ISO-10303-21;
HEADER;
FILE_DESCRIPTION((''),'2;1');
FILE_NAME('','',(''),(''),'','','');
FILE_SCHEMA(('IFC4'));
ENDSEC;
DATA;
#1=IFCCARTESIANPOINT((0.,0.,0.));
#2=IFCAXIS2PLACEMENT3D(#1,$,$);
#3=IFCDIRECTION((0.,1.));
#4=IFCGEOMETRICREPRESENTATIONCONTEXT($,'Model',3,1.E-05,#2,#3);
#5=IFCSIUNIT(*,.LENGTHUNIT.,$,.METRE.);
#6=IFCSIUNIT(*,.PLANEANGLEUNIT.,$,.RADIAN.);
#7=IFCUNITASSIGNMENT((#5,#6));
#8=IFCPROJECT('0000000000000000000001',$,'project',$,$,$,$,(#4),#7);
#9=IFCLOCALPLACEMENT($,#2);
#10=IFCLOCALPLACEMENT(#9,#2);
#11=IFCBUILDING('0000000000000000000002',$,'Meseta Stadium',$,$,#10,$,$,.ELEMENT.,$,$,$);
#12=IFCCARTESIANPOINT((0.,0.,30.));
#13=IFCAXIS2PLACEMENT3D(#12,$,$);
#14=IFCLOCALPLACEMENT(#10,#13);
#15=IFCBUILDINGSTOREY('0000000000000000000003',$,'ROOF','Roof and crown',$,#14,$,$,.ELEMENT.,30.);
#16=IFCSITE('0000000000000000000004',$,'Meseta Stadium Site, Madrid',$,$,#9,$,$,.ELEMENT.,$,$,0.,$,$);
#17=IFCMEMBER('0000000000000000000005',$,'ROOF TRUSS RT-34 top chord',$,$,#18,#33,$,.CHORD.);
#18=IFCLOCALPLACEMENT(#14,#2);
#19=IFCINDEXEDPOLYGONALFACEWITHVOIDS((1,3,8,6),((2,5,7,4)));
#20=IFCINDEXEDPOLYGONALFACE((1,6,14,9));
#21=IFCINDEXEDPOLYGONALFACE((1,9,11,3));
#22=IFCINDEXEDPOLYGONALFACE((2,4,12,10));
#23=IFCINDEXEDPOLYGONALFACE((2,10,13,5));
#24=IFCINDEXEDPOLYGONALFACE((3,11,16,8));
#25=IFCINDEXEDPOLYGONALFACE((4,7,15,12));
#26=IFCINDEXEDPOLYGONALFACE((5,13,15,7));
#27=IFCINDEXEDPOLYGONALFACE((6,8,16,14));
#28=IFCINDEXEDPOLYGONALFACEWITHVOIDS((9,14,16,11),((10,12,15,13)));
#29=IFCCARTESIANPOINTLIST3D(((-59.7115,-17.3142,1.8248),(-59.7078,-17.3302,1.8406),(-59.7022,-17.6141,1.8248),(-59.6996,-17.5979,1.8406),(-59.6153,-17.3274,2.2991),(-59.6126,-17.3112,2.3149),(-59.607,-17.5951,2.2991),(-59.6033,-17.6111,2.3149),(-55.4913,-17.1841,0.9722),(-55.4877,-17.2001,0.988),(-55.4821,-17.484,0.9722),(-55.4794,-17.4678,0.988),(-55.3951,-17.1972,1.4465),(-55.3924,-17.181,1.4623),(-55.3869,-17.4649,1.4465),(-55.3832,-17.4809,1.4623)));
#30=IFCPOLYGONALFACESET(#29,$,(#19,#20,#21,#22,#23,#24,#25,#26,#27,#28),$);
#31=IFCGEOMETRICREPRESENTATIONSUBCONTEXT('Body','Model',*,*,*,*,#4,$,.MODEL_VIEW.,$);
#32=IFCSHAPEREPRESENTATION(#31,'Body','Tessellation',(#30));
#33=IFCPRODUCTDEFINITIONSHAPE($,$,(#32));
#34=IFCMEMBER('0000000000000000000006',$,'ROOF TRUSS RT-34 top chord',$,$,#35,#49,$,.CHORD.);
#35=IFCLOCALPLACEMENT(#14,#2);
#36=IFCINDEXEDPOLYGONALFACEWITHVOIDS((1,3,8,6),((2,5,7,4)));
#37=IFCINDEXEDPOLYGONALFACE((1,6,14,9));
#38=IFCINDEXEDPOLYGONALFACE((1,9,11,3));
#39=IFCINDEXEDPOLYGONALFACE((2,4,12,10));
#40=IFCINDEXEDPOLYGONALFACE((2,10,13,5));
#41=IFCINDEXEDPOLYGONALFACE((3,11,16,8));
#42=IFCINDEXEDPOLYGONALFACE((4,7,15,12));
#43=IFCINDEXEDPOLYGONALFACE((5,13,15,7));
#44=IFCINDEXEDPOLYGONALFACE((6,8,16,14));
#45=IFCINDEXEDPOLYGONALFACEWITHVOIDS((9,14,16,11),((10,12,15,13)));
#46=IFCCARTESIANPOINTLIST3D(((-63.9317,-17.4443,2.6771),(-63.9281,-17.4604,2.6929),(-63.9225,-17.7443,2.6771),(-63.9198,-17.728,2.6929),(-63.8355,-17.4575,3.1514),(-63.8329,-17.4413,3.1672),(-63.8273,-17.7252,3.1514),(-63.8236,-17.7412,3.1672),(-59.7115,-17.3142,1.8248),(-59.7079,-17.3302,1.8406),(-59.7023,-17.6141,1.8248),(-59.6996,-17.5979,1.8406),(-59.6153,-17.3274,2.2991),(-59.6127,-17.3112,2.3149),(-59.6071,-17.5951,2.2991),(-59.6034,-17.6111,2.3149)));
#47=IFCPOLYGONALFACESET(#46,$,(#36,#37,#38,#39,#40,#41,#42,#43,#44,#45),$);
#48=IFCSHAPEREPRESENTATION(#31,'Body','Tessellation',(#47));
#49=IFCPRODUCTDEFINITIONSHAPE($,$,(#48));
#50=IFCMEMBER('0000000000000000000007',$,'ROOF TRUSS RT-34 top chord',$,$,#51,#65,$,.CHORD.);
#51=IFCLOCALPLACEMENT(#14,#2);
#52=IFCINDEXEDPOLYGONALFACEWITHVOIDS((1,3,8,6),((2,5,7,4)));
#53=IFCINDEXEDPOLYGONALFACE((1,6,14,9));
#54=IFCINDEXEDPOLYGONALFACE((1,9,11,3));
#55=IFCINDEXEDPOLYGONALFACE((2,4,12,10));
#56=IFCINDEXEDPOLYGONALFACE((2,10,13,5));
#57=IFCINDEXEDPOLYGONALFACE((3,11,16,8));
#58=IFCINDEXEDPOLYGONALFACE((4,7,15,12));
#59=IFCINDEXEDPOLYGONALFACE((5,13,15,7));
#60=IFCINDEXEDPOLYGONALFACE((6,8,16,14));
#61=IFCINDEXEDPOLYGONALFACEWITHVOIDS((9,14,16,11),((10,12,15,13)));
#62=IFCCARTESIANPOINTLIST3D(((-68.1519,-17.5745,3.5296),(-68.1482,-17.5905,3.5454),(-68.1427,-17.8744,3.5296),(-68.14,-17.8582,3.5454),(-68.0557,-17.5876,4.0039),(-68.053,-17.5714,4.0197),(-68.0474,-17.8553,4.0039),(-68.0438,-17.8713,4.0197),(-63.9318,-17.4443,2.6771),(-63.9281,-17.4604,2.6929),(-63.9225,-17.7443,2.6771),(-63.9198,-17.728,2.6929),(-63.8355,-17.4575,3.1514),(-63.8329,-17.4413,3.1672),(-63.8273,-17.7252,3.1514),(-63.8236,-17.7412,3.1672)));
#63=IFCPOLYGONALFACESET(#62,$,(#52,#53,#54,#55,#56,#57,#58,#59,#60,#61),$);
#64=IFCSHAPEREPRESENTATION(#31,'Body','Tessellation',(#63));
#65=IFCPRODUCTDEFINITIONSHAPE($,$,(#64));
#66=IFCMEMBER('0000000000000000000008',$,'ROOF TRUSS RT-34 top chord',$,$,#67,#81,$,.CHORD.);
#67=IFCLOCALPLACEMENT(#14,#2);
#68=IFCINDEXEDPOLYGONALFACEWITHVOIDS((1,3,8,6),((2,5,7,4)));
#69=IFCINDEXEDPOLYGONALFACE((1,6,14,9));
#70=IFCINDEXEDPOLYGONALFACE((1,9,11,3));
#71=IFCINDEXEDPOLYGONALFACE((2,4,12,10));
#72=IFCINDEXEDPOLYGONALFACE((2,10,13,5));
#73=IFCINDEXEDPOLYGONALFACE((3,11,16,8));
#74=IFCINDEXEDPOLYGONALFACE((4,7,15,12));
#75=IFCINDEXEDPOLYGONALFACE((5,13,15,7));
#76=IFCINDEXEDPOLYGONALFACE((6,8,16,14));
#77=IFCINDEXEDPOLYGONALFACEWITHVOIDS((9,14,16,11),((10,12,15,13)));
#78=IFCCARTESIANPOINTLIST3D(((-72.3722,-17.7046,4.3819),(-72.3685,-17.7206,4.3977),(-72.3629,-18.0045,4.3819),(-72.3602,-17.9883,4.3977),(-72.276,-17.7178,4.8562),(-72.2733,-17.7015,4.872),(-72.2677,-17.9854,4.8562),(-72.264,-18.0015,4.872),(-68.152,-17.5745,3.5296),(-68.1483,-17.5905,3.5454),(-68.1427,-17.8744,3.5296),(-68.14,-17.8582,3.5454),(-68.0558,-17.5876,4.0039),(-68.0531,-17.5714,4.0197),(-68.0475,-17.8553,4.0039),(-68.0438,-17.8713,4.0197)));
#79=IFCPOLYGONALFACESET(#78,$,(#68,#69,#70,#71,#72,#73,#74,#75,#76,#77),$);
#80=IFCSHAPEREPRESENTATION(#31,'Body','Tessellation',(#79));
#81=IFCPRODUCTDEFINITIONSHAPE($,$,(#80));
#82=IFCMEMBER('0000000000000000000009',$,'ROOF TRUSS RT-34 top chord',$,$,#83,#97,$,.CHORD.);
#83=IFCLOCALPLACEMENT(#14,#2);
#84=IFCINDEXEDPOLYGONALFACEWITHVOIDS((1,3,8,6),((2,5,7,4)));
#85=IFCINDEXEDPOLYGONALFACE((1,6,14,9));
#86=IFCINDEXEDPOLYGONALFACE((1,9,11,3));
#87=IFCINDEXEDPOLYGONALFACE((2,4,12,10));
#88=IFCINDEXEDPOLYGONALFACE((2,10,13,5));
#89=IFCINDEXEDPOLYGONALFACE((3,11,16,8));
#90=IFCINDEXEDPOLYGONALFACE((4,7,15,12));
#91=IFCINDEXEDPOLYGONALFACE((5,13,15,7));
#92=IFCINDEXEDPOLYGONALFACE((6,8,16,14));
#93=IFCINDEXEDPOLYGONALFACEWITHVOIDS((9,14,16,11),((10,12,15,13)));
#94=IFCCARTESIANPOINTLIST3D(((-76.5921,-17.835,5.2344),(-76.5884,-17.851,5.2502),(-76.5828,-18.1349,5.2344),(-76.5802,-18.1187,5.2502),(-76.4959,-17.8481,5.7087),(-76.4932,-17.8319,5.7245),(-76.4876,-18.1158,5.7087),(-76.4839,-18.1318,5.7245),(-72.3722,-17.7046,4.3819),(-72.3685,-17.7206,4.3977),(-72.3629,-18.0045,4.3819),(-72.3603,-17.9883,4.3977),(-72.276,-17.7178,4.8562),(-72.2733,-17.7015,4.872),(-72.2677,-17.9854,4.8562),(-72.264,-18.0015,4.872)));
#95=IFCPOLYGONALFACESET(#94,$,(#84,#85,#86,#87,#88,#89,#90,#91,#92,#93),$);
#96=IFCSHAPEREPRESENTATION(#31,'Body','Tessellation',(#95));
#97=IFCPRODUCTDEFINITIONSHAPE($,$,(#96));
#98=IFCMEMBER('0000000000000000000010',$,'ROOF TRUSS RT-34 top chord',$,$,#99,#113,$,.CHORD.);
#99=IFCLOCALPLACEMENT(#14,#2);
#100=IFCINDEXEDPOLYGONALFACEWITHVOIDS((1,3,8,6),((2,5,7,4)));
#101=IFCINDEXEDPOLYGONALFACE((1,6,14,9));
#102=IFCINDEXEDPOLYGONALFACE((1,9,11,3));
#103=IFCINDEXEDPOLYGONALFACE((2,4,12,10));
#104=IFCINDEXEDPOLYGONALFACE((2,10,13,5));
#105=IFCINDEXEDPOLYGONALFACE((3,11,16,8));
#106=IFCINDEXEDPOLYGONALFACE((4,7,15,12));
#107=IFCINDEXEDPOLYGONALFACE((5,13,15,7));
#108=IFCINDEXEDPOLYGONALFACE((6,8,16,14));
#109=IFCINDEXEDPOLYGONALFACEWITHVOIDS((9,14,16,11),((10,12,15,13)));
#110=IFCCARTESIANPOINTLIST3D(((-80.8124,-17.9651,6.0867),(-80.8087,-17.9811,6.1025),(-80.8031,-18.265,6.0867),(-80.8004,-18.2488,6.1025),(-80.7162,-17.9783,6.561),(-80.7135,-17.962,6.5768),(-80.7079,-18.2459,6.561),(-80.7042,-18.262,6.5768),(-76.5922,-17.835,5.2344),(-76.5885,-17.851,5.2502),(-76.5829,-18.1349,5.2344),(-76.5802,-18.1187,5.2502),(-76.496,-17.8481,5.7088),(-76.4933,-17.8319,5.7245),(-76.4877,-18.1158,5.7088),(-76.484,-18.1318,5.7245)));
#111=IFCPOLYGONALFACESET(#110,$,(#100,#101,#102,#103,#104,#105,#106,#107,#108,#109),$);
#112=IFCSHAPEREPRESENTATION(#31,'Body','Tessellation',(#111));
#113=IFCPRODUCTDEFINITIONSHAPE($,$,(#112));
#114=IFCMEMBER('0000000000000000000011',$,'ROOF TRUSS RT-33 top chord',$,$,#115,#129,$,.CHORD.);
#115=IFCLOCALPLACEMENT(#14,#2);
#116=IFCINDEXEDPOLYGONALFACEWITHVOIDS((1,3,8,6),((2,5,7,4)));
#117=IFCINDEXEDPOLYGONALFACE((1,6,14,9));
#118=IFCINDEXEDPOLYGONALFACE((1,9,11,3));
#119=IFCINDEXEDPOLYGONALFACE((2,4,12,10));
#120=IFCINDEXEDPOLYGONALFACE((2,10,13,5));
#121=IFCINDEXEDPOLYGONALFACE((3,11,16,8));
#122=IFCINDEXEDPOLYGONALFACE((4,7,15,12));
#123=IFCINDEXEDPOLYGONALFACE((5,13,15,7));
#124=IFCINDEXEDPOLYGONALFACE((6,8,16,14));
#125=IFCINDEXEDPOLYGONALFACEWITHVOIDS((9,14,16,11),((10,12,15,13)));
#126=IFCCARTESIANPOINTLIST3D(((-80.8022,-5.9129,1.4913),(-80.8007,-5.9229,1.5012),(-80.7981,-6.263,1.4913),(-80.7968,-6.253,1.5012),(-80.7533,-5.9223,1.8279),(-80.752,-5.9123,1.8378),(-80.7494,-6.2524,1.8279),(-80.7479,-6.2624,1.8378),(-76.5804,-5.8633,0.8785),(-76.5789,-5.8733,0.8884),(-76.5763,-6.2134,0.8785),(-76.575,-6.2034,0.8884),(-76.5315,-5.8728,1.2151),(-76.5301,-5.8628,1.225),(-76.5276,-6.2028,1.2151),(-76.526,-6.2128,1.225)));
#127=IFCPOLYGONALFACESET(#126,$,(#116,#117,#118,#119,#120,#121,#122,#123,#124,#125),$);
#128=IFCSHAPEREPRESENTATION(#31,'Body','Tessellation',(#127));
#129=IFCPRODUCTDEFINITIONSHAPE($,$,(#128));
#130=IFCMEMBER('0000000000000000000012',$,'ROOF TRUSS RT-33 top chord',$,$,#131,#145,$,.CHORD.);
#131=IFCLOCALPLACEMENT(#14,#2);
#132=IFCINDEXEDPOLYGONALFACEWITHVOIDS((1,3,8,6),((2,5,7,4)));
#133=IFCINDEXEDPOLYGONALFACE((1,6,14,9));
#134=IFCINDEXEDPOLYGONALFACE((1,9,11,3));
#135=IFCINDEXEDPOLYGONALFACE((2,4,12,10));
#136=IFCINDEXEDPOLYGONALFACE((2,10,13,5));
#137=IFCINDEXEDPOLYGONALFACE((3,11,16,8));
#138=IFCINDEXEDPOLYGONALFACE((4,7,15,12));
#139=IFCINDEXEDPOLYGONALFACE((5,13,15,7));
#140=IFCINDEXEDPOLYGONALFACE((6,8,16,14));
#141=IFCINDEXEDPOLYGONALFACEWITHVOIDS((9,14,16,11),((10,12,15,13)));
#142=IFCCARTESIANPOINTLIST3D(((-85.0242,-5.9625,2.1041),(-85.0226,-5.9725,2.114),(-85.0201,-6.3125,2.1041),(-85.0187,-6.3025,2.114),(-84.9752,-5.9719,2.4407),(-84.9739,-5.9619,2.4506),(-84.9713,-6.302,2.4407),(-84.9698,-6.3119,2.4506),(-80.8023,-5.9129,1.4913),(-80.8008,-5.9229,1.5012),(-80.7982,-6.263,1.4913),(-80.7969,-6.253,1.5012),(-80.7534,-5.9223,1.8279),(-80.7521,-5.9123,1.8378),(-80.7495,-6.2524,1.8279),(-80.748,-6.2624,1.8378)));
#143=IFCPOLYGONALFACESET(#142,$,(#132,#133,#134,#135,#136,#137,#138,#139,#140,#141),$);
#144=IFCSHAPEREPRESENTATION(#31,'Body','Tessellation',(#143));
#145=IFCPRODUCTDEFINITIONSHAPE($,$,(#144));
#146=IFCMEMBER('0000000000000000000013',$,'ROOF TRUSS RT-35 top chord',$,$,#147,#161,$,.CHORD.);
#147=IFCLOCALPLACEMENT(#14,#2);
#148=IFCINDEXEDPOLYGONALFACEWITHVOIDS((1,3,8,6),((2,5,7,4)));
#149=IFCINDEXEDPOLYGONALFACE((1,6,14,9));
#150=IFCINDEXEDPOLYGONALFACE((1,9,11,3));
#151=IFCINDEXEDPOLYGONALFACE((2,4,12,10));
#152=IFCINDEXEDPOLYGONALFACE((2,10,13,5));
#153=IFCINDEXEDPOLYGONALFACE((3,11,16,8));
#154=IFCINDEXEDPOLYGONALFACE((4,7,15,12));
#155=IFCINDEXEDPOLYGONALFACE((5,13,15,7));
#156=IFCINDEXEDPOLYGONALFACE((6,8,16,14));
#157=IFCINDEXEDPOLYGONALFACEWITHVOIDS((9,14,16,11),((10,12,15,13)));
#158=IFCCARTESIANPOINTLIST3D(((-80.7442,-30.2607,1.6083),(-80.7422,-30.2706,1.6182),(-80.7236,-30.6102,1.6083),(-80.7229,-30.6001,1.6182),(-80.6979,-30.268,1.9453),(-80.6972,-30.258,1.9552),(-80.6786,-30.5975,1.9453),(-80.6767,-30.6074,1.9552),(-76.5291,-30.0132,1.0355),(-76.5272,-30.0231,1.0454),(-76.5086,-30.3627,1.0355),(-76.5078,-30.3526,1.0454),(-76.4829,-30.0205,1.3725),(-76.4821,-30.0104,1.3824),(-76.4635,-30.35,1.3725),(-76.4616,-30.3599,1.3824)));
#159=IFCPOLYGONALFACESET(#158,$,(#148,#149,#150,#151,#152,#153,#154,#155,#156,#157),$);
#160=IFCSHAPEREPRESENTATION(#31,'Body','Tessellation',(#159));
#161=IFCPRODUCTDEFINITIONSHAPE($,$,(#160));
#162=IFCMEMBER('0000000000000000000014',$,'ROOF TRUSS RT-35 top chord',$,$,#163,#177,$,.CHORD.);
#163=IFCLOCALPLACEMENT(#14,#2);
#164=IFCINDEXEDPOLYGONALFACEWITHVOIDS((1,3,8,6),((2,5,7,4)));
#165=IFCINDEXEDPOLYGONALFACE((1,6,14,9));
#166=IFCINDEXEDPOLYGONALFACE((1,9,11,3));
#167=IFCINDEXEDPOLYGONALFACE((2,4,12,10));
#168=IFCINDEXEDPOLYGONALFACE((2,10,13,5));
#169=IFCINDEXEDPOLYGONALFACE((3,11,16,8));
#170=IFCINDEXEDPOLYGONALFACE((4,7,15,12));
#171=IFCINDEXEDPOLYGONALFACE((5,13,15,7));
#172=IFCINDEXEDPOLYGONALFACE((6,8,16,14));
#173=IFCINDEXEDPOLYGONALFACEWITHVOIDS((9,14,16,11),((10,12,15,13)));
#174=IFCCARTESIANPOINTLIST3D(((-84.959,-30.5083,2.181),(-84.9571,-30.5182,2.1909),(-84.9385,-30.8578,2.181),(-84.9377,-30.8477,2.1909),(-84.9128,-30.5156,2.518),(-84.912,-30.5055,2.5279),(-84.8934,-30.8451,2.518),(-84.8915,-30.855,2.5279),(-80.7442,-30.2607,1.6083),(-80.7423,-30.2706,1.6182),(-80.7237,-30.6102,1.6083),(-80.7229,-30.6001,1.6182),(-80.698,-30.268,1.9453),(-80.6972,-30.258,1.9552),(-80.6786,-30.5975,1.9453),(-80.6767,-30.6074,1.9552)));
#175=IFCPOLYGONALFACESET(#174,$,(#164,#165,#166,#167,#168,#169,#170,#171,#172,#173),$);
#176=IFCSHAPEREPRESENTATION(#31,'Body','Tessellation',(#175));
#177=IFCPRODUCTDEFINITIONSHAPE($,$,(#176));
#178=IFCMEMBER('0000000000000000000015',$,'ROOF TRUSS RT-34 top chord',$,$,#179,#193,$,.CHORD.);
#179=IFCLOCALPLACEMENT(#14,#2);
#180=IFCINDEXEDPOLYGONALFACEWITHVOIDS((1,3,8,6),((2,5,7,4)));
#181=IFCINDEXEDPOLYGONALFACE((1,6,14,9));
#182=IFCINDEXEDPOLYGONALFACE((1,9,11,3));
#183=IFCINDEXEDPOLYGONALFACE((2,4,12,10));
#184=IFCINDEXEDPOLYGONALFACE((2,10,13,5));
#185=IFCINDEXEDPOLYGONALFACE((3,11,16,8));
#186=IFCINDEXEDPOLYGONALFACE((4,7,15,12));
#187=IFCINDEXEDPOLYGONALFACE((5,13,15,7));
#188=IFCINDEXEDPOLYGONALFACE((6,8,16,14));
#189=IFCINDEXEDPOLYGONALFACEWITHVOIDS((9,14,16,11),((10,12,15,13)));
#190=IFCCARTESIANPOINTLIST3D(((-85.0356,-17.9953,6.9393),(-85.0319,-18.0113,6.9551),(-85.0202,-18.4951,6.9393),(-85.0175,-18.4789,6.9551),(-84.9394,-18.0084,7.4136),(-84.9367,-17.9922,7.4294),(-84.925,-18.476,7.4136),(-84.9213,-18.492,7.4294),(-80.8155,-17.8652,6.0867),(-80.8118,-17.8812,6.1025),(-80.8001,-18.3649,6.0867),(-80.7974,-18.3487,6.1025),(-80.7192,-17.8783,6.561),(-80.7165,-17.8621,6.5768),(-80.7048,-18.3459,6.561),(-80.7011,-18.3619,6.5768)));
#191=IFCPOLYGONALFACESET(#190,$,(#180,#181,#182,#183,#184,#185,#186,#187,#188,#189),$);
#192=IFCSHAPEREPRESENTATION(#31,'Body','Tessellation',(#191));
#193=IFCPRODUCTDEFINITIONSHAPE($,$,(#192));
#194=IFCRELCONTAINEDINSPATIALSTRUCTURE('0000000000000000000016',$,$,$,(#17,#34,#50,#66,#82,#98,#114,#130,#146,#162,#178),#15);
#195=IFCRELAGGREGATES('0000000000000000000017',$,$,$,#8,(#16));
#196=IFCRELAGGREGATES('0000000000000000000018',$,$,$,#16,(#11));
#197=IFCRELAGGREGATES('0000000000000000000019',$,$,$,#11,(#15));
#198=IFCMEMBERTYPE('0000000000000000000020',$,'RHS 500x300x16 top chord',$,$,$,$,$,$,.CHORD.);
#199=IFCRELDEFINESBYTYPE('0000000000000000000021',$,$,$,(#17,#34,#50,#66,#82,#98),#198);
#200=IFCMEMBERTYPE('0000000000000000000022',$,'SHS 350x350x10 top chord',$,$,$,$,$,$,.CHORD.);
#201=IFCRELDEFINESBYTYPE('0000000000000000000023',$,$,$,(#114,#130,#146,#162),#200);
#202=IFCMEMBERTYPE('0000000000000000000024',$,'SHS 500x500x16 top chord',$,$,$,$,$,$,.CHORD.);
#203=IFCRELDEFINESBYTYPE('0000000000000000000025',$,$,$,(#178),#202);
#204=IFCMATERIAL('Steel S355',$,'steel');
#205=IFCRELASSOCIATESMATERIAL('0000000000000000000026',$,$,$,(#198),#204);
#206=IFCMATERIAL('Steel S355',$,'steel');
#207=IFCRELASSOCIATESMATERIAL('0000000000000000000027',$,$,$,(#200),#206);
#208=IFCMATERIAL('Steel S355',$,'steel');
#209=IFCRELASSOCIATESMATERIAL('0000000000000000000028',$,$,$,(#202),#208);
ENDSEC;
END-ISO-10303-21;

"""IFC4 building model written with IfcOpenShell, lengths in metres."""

from ifc_helpers import new_model, si_unit, direction, frame, origin, origin_2d, place, context, subcontext, project, spatial, hollow_rectangle, extrude, material, material_profile, profile_set, type_object, element, save


model = new_model("IFC4")

# Units and contexts
model_context = context("Model", 3, precision=1e-05, world=origin(), true_north=direction((0.0, 1.0)))
body_context = subcontext(model_context, "Body", "Model", "MODEL_VIEW")
ifc_project = project(units=[si_unit("LENGTHUNIT", "METRE"), si_unit("PLANEANGLEUNIT", "RADIAN")], contexts=[model_context])

# Site, building, storey
site_placement = place(None, origin())
site = spatial("IfcSite", under=ifc_project, at=site_placement, Name="Meseta Stadium Site, Madrid", CompositionType="ELEMENT", RefElevation=0.0)
building_placement = place(site_placement, origin())
building = spatial("IfcBuilding", under=site, at=building_placement, Name="Meseta Stadium", CompositionType="ELEMENT")
storey_placement = place(building_placement, frame((0.0, 0.0, 30.0)))
storey = spatial("IfcBuildingStorey", under=building, at=storey_placement, Name="ROOF", Description="Roof and crown", CompositionType="ELEMENT", Elevation=30.0)

# Members
ifc_material_1 = material(Name="Steel S355", Category="steel")
ifc_material_profile_1 = material_profile(ifc_material_1, hollow_rectangle(XDim=0.3, YDim=0.5, WallThickness=0.0161, at=origin_2d()), Name="RHS 500x300x16")
ifc_profile_set_1 = profile_set([ifc_material_profile_1], Name="Steel S355")
member_type_1 = type_object("IfcMemberType", Name="RHS 500x300x16 top chord", PredefinedType="CHORD", material=ifc_profile_set_1)
for number, where, z_axis, x_axis, name in (
    (1, (-55.4373, -17.3325, 1.2173), (-0.979752, -0.03021, 0.197923), (0.03082, -0.999525, 0.0), "ROOF TRUSS RT-34 top chord"),
    (2, (-59.6575, -17.4626, 2.0698), (-0.979763, -0.03021, 0.197868), (0.03082, -0.999525, 0.0), "ROOF TRUSS RT-34 top chord"),
    (3, (-63.8777, -17.5928, 2.9221), (-0.979752, -0.03021, 0.197923), (0.03082, -0.999525, 0.0), "ROOF TRUSS RT-34 top chord"),
    (4, (-68.0979, -17.7229, 3.7747), (-0.979763, -0.03021, 0.197868), (0.03082, -0.999525, 0.0), "ROOF TRUSS RT-34 top chord"),
):
    element("IfcMember", number, at=place(storey_placement, frame(where, z_axis=z_axis, x_axis=x_axis)), inside=storey, type_object=member_type_1, Name=name, PredefinedType="CHORD", context=body_context, shape_type="SweptSolid", body=[
        extrude(hollow_rectangle(XDim=0.3, YDim=0.5, WallThickness=0.0161, at=origin_2d()), origin(), (0.0, 0.0, 1.0), 4.3074),
    ])
member_1_placement = place(storey_placement, frame((-72.3181, -17.853, 4.627), z_axis=(-0.979748, -0.030268, 0.197933), x_axis=(0.030879, -0.999523, 0.0)))
element("IfcMember", 5, at=member_1_placement, inside=storey, type_object=member_type_1, Name="ROOF TRUSS RT-34 top chord", PredefinedType="CHORD", context=body_context, shape_type="SweptSolid", body=[
    extrude(hollow_rectangle(XDim=0.3, YDim=0.5, WallThickness=0.0161, at=origin_2d()), origin(), (0.0, 0.0, 1.0), 4.3071),
])
member_2_placement = place(storey_placement, frame((-76.5381, -17.9834, 5.4795), z_axis=(-0.979763, -0.03021, 0.197868), x_axis=(0.03082, -0.999525, 0.0)))
element("IfcMember", 6, at=member_2_placement, inside=storey, type_object=member_type_1, Name="ROOF TRUSS RT-34 top chord", PredefinedType="CHORD", context=body_context, shape_type="SweptSolid", body=[
    extrude(hollow_rectangle(XDim=0.3, YDim=0.5, WallThickness=0.0161, at=origin_2d()), origin(), (0.0, 0.0, 1.0), 4.3074),
])
ifc_material_2 = material(Name="Steel S355", Category="steel")
ifc_material_profile_2 = material_profile(ifc_material_2, hollow_rectangle(XDim=0.3501, YDim=0.3501, WallThickness=0.01, at=origin_2d()), Name="SHS 350x350x10")
ifc_profile_set_2 = profile_set([ifc_material_profile_2], Name="Steel S355")
member_type_2 = type_object("IfcMemberType", Name="SHS 350x350x10 top chord", PredefinedType="CHORD", material=ifc_profile_set_2)
for number, where, z_axis, x_axis, name in (
    (7, (-76.5532, -6.0381, 1.0518), (-0.989563, -0.011616, 0.143631), (0.011738, -0.999931, 0.0), "ROOF TRUSS RT-33 top chord"),
    (8, (-80.7751, -6.0876, 1.6646), (-0.989563, -0.011616, 0.143631), (0.011738, -0.999931, 0.0), "ROOF TRUSS RT-33 top chord"),
):
    element("IfcMember", number, at=place(storey_placement, frame(where, z_axis=z_axis, x_axis=x_axis)), inside=storey, type_object=member_type_2, Name=name, PredefinedType="CHORD", context=body_context, shape_type="SweptSolid", body=[
        extrude(hollow_rectangle(XDim=0.3501, YDim=0.3501, WallThickness=0.01, at=origin_2d()), origin(), (0.0, 0.0, 1.0), 4.2664),
    ])
member_3_placement = place(storey_placement, frame((-76.4954, -30.1865, 1.209), z_axis=(-0.98922, -0.058098, 0.134417), x_axis=(0.058631, -0.99828, 0.0)))
element("IfcMember", 9, at=member_3_placement, inside=storey, type_object=member_type_2, Name="ROOF TRUSS RT-35 top chord", PredefinedType="CHORD", context=body_context, shape_type="SweptSolid", body=[
    extrude(hollow_rectangle(XDim=0.3501, YDim=0.3501, WallThickness=0.01, at=origin_2d()), origin(), (0.0, 0.0, 1.0), 4.261),
])
member_4_placement = place(storey_placement, frame((-80.7104, -30.4341, 1.7817), z_axis=(-0.989219, -0.058102, 0.134425), x_axis=(0.058634, -0.99828, 0.0)))
element("IfcMember", 10, at=member_4_placement, inside=storey, type_object=member_type_2, Name="ROOF TRUSS RT-35 top chord", PredefinedType="CHORD", context=body_context, shape_type="SweptSolid", body=[
    extrude(hollow_rectangle(XDim=0.3501, YDim=0.3501, WallThickness=0.01, at=origin_2d()), origin(), (0.0, 0.0, 1.0), 4.2607),
])
ifc_material_3 = material(Name="Steel S355", Category="steel")
ifc_material_profile_3 = material_profile(ifc_material_3, hollow_rectangle(XDim=0.5, YDim=0.5, WallThickness=0.0161, at=origin_2d()), Name="SHS 500x500x16")
ifc_profile_set_3 = profile_set([ifc_material_profile_3], Name="Steel S355")
member_type_3 = type_object("IfcMemberType", Name="SHS 500x500x16 top chord", PredefinedType="CHORD", material=ifc_profile_set_3)
member_5_placement = place(storey_placement, frame((-80.7583, -18.1135, 6.3318), z_axis=(-0.979752, -0.03021, 0.197923), x_axis=(0.03082, -0.999525, 0.0)))
element("IfcMember", 11, at=member_5_placement, inside=storey, type_object=member_type_3, Name="ROOF TRUSS RT-34 top chord", PredefinedType="CHORD", context=body_context, shape_type="SweptSolid", body=[
    extrude(hollow_rectangle(XDim=0.5, YDim=0.5, WallThickness=0.0161, at=origin_2d()), origin(), (0.0, 0.0, 1.0), 4.3074),
])

save(model, "model.ifc")
